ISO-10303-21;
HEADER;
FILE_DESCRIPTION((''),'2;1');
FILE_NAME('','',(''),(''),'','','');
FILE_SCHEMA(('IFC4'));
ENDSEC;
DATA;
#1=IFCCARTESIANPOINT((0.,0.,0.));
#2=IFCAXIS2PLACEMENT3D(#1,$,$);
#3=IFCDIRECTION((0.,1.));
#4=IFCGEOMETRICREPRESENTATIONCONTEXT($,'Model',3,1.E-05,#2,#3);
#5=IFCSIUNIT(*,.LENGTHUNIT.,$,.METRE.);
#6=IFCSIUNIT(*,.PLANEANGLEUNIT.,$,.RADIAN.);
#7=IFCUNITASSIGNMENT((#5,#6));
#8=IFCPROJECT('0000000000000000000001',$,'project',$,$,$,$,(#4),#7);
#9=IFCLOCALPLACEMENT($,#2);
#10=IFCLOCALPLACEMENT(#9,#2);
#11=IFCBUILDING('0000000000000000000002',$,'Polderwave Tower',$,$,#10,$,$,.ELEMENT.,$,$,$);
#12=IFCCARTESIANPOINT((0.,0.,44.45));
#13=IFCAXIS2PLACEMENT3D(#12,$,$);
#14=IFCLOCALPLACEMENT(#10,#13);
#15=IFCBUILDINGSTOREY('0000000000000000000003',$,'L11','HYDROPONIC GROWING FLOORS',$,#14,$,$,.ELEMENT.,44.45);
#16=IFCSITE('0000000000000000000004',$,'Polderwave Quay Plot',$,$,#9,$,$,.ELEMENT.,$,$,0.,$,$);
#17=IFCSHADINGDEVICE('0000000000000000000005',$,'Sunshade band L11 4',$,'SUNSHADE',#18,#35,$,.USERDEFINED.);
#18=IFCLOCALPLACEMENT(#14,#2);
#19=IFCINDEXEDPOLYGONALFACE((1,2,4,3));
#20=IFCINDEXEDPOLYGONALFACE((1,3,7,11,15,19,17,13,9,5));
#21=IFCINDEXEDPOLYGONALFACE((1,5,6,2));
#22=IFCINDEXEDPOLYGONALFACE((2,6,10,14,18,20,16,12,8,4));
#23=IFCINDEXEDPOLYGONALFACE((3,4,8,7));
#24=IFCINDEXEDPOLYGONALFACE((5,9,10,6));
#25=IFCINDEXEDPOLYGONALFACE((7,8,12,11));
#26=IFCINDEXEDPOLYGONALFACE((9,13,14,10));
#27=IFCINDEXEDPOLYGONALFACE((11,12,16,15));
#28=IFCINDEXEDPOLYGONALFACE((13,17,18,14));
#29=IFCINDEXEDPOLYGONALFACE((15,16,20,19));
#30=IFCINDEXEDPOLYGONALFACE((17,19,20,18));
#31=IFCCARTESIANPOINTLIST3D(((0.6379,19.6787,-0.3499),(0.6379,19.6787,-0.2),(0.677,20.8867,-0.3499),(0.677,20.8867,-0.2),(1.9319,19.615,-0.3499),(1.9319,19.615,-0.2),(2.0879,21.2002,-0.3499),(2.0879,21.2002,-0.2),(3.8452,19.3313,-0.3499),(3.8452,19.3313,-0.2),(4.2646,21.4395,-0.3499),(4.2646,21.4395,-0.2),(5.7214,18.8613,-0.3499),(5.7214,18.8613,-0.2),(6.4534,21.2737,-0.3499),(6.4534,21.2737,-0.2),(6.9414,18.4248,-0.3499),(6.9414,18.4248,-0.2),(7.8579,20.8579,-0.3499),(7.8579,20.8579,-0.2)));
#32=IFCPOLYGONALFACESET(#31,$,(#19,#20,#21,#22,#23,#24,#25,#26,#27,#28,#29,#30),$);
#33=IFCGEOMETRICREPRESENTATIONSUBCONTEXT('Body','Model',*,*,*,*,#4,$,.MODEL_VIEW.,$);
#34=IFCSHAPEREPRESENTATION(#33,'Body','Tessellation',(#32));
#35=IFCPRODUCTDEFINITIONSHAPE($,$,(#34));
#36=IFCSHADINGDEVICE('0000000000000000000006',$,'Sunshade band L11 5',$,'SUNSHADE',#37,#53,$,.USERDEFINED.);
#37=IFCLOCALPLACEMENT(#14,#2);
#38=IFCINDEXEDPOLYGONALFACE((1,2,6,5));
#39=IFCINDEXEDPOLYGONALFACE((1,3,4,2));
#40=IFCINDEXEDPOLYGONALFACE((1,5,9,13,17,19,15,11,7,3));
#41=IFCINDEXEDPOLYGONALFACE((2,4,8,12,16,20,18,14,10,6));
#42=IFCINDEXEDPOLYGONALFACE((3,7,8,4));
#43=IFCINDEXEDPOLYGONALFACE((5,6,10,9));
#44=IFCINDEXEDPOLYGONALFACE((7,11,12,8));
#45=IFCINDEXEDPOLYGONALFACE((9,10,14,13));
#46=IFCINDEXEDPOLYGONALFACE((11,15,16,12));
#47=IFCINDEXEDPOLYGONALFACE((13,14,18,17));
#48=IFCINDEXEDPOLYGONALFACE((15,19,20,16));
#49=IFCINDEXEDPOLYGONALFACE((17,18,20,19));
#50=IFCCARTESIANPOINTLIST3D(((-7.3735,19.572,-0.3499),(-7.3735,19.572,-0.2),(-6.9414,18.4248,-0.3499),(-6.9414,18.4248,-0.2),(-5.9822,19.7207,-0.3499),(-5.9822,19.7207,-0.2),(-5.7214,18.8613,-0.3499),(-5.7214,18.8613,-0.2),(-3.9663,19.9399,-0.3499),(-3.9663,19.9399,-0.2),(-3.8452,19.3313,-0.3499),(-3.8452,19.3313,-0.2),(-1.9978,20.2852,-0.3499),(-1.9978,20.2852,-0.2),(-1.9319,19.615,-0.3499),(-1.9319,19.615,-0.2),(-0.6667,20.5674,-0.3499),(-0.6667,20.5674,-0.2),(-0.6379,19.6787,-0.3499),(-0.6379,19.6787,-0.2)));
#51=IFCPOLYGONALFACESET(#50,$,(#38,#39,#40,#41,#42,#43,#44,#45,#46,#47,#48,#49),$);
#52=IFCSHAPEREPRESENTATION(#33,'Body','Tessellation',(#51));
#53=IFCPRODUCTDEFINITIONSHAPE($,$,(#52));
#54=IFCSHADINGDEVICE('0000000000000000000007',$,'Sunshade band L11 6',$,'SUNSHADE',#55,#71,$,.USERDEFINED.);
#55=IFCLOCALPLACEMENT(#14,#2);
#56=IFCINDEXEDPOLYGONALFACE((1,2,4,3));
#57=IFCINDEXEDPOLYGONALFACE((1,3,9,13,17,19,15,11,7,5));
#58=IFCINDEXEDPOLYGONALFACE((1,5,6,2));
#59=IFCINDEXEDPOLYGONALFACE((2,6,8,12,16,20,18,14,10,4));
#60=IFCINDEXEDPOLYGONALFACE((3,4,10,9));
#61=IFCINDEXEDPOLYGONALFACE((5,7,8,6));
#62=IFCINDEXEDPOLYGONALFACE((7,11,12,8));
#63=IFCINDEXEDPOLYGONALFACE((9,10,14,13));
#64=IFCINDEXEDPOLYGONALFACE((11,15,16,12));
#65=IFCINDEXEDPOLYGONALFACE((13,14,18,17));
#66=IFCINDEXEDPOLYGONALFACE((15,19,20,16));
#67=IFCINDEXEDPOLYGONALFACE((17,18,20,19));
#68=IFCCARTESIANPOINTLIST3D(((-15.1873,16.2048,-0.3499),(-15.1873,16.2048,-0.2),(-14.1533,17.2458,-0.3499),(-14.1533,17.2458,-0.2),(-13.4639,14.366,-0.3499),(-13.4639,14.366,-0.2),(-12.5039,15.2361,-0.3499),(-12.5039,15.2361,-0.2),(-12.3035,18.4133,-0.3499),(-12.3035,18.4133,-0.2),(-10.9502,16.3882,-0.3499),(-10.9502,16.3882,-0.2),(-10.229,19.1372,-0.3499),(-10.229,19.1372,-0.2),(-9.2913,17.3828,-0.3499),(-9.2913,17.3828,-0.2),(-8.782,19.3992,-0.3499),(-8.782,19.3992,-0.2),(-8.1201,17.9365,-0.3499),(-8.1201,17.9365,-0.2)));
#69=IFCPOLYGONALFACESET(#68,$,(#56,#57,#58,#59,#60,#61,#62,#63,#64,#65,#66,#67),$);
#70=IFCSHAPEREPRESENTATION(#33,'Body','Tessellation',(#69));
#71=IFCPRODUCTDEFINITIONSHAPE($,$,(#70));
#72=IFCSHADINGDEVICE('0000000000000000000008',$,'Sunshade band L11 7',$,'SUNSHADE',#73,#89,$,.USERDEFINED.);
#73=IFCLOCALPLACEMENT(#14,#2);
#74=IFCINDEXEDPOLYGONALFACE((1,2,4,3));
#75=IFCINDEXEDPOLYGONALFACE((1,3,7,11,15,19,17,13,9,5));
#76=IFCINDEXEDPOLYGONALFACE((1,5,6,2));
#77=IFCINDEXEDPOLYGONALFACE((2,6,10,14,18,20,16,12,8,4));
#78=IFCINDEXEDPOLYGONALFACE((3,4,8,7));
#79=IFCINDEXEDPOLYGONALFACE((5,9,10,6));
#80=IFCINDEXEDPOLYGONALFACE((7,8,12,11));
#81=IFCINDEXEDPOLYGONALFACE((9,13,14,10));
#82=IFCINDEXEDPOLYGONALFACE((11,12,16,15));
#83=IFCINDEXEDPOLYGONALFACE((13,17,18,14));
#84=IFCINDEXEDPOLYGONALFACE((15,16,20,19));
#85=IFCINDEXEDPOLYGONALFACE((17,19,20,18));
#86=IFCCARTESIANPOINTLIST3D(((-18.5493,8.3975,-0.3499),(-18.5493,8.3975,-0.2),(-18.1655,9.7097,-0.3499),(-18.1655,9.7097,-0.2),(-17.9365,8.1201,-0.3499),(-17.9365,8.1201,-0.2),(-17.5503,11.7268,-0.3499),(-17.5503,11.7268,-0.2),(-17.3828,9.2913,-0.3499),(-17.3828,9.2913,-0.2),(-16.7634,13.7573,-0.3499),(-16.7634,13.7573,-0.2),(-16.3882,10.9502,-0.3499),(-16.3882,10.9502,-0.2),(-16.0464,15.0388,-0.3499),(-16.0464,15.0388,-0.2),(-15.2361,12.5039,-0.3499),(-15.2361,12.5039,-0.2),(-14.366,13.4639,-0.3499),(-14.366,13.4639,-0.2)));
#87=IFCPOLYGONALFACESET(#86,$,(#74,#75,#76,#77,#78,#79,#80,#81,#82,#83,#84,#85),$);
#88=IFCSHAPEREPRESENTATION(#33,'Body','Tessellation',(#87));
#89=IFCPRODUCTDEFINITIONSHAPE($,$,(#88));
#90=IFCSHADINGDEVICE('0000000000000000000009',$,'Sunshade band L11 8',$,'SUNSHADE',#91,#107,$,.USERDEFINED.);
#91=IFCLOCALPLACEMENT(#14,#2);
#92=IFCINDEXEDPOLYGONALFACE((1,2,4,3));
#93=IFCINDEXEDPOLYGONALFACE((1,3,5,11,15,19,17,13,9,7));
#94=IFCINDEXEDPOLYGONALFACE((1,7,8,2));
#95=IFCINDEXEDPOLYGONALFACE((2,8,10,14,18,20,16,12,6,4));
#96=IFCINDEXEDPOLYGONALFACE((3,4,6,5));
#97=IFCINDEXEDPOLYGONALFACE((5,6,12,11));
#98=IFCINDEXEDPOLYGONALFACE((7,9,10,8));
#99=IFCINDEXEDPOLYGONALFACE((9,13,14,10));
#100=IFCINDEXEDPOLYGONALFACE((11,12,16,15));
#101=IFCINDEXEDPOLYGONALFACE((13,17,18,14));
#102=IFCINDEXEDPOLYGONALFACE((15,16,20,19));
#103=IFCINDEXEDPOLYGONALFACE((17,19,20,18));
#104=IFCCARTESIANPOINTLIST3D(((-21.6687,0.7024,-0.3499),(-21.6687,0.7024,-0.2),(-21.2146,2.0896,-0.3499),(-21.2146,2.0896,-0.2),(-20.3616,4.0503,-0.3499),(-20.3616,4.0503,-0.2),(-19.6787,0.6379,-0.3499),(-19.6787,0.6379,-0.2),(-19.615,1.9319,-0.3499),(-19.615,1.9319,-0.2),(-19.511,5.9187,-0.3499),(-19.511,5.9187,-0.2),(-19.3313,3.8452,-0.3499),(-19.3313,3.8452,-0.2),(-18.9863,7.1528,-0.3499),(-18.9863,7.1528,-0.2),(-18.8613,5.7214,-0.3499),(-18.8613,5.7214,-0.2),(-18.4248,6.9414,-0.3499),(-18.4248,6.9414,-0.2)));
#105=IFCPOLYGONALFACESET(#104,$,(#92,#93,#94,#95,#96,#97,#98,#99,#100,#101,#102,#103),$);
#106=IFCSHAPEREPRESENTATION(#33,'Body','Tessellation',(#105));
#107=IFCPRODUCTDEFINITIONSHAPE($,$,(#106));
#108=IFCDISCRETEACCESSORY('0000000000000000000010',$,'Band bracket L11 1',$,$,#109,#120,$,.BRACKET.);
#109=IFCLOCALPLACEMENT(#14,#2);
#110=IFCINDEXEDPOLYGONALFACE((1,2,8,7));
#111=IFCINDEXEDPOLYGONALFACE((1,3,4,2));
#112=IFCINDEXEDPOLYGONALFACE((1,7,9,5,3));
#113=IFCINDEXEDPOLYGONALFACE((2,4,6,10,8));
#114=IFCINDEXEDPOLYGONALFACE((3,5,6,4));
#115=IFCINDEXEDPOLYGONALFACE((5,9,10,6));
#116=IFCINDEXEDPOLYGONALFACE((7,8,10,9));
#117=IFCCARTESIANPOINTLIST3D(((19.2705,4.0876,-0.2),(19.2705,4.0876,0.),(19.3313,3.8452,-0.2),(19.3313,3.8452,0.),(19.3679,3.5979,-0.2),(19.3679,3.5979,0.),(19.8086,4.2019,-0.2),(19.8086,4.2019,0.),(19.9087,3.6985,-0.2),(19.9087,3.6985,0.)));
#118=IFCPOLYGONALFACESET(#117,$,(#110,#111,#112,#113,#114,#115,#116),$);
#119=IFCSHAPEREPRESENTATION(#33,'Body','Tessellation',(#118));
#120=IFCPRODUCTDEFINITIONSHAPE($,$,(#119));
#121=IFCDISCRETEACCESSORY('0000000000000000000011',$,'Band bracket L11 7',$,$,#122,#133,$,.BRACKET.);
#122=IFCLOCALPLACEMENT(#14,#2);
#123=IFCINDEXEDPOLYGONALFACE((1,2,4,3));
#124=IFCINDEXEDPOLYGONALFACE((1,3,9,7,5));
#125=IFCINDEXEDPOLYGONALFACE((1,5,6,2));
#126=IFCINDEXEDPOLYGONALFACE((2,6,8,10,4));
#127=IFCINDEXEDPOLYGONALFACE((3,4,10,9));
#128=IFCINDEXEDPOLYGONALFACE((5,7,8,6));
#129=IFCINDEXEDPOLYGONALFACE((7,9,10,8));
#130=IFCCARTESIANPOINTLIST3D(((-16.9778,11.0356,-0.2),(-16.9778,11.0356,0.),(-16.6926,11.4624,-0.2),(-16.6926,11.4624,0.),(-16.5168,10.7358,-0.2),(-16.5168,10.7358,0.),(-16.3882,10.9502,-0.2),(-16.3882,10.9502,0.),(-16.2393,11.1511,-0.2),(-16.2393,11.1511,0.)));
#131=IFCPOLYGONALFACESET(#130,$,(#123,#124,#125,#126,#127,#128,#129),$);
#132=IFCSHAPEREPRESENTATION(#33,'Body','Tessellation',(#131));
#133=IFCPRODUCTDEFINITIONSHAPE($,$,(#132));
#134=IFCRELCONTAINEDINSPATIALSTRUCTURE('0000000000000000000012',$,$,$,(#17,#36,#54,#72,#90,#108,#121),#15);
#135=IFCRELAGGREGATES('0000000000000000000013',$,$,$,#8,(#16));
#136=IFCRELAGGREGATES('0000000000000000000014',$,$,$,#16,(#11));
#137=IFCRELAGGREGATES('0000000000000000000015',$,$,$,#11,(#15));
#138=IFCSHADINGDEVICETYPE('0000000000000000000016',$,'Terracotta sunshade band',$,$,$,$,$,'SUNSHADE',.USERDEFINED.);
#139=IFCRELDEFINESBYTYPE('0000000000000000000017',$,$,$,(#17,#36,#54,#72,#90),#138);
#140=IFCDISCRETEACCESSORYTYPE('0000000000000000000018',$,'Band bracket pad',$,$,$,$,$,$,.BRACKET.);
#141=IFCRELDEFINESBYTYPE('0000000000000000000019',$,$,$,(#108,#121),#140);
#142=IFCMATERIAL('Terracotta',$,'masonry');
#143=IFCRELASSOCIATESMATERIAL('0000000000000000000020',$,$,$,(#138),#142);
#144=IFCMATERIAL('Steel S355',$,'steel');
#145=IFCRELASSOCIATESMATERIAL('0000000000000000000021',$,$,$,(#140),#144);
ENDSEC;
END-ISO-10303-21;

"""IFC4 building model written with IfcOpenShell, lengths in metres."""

from ifc_helpers import new_model, si_unit, direction, frame, origin, place, context, subcontext, project, spatial, polyline, outline, extrude, material, type_object, element, save


model = new_model("IFC4")

# Units and contexts
model_context = context("Model", 3, precision=1e-05, world=origin(), true_north=direction((0.0, 1.0)))
body_context = subcontext(model_context, "Body", "Model", "MODEL_VIEW")
ifc_project = project(units=[si_unit("LENGTHUNIT", "METRE"), si_unit("PLANEANGLEUNIT", "RADIAN")], contexts=[model_context])

# Site, building, storey
site_placement = place(None, origin())
site = spatial("IfcSite", under=ifc_project, at=site_placement, Name="Polderwave Quay Plot", CompositionType="ELEMENT", RefElevation=0.0)
building_placement = place(site_placement, origin())
building = spatial("IfcBuilding", under=site, at=building_placement, Name="Polderwave Tower", CompositionType="ELEMENT")
storey_placement = place(building_placement, frame((0.0, 0.0, 44.45)))
storey = spatial("IfcBuildingStorey", under=building, at=storey_placement, Name="L11", Description="HYDROPONIC GROWING FLOORS", CompositionType="ELEMENT", Elevation=44.45)

# Shading devices
ifc_material_1 = material(Name="Terracotta", Category="masonry")
shading_device_type = type_object("IfcShadingDeviceType", Name="Terracotta sunshade band", ElementType="SUNSHADE", PredefinedType="USERDEFINED", material=ifc_material_1)
shading_device_1_placement = place(storey_placement, frame((0.0, 0.0, -0.3499)))
element("IfcShadingDevice", 1, at=shading_device_1_placement, inside=storey, type_object=shading_device_type, Name="Sunshade band L11 4", ObjectType="SUNSHADE", PredefinedType="USERDEFINED", context=body_context, shape_type="SweptSolid", body=[
    extrude(outline(polyline([(6.9414, 18.4248), (5.7214, 18.8613), (3.8452, 19.3313), (1.9319, 19.615), (0.6379, 19.6787), (0.677, 20.8867), (2.0879, 21.2002), (4.2646, 21.4395), (6.4534, 21.2737), (7.8579, 20.8579), (6.9414, 18.4248)])), origin(), (0.0, 0.0, 1.0), 0.1499),
])
shading_device_2_placement = place(storey_placement, frame((0.0, 0.0, -0.3499)))
element("IfcShadingDevice", 2, at=shading_device_2_placement, inside=storey, type_object=shading_device_type, Name="Sunshade band L11 5", ObjectType="SUNSHADE", PredefinedType="USERDEFINED", context=body_context, shape_type="SweptSolid", body=[
    extrude(outline(polyline([(-0.6379, 19.6787), (-1.9319, 19.615), (-3.8452, 19.3313), (-5.7214, 18.8613), (-6.9414, 18.4248), (-7.3735, 19.572), (-5.9822, 19.7207), (-3.9663, 19.9399), (-1.9978, 20.2852), (-0.6667, 20.5674), (-0.6379, 19.6787)])), origin(), (0.0, 0.0, 1.0), 0.1499),
])
shading_device_3_placement = place(storey_placement, frame((0.0, 0.0, -0.3499)))
element("IfcShadingDevice", 3, at=shading_device_3_placement, inside=storey, type_object=shading_device_type, Name="Sunshade band L11 6", ObjectType="SUNSHADE", PredefinedType="USERDEFINED", context=body_context, shape_type="SweptSolid", body=[
    extrude(outline(polyline([(-8.1201, 17.9365), (-9.2913, 17.3828), (-10.9502, 16.3882), (-12.5039, 15.2361), (-13.4639, 14.366), (-15.1873, 16.2048), (-14.1533, 17.2458), (-12.3035, 18.4133), (-10.229, 19.1372), (-8.782, 19.3992), (-8.1201, 17.9365)])), origin(), (0.0, 0.0, 1.0), 0.1499),
])
shading_device_4_placement = place(storey_placement, frame((0.0, 0.0, -0.3499)))
element("IfcShadingDevice", 4, at=shading_device_4_placement, inside=storey, type_object=shading_device_type, Name="Sunshade band L11 7", ObjectType="SUNSHADE", PredefinedType="USERDEFINED", context=body_context, shape_type="SweptSolid", body=[
    extrude(outline(polyline([(-14.366, 13.4639), (-15.2361, 12.5039), (-16.3882, 10.9502), (-17.3828, 9.2913), (-17.9365, 8.1201), (-18.5493, 8.3975), (-18.1655, 9.7097), (-17.5503, 11.7268), (-16.7634, 13.7573), (-16.0464, 15.0388), (-14.366, 13.4639)])), origin(), (0.0, 0.0, 1.0), 0.1499),
])
shading_device_5_placement = place(storey_placement, frame((0.0, 0.0, -0.3499)))
element("IfcShadingDevice", 5, at=shading_device_5_placement, inside=storey, type_object=shading_device_type, Name="Sunshade band L11 8", ObjectType="SUNSHADE", PredefinedType="USERDEFINED", context=body_context, shape_type="SweptSolid", body=[
    extrude(outline(polyline([(-18.4248, 6.9414), (-18.8613, 5.7214), (-19.3313, 3.8452), (-19.615, 1.9319), (-19.6787, 0.6379), (-21.6687, 0.7024), (-21.2146, 2.0896), (-20.3616, 4.0503), (-19.511, 5.9187), (-18.9863, 7.1528), (-18.4248, 6.9414)])), origin(), (0.0, 0.0, 1.0), 0.1499),
])

# Discrete accessories
ifc_material_2 = material(Name="Steel S355", Category="steel")
discrete_accessory_type = type_object("IfcDiscreteAccessoryType", Name="Band bracket pad", PredefinedType="BRACKET", material=ifc_material_2)
discrete_accessory_1_placement = place(storey_placement, frame((0.0, 0.0, -0.2)))
element("IfcDiscreteAccessory", 6, at=discrete_accessory_1_placement, inside=storey, type_object=discrete_accessory_type, Name="Band bracket L11 1", PredefinedType="BRACKET", context=body_context, shape_type="SweptSolid", body=[
    extrude(outline(polyline([(19.3679, 3.5979), (19.3313, 3.8452), (19.2705, 4.0876), (19.8086, 4.2019), (19.9087, 3.6985), (19.3679, 3.5979)])), origin(), (0.0, 0.0, 1.0), 0.2),
])
discrete_accessory_2_placement = place(storey_placement, frame((0.0, 0.0, -0.2)))
element("IfcDiscreteAccessory", 7, at=discrete_accessory_2_placement, inside=storey, type_object=discrete_accessory_type, Name="Band bracket L11 7", PredefinedType="BRACKET", context=body_context, shape_type="SweptSolid", body=[
    extrude(outline(polyline([(-16.2393, 11.1511), (-16.3882, 10.9502), (-16.5168, 10.7358), (-16.9778, 11.0356), (-16.6926, 11.4624), (-16.2393, 11.1511)])), origin(), (0.0, 0.0, 1.0), 0.2),
])

save(model, "model.ifc")
